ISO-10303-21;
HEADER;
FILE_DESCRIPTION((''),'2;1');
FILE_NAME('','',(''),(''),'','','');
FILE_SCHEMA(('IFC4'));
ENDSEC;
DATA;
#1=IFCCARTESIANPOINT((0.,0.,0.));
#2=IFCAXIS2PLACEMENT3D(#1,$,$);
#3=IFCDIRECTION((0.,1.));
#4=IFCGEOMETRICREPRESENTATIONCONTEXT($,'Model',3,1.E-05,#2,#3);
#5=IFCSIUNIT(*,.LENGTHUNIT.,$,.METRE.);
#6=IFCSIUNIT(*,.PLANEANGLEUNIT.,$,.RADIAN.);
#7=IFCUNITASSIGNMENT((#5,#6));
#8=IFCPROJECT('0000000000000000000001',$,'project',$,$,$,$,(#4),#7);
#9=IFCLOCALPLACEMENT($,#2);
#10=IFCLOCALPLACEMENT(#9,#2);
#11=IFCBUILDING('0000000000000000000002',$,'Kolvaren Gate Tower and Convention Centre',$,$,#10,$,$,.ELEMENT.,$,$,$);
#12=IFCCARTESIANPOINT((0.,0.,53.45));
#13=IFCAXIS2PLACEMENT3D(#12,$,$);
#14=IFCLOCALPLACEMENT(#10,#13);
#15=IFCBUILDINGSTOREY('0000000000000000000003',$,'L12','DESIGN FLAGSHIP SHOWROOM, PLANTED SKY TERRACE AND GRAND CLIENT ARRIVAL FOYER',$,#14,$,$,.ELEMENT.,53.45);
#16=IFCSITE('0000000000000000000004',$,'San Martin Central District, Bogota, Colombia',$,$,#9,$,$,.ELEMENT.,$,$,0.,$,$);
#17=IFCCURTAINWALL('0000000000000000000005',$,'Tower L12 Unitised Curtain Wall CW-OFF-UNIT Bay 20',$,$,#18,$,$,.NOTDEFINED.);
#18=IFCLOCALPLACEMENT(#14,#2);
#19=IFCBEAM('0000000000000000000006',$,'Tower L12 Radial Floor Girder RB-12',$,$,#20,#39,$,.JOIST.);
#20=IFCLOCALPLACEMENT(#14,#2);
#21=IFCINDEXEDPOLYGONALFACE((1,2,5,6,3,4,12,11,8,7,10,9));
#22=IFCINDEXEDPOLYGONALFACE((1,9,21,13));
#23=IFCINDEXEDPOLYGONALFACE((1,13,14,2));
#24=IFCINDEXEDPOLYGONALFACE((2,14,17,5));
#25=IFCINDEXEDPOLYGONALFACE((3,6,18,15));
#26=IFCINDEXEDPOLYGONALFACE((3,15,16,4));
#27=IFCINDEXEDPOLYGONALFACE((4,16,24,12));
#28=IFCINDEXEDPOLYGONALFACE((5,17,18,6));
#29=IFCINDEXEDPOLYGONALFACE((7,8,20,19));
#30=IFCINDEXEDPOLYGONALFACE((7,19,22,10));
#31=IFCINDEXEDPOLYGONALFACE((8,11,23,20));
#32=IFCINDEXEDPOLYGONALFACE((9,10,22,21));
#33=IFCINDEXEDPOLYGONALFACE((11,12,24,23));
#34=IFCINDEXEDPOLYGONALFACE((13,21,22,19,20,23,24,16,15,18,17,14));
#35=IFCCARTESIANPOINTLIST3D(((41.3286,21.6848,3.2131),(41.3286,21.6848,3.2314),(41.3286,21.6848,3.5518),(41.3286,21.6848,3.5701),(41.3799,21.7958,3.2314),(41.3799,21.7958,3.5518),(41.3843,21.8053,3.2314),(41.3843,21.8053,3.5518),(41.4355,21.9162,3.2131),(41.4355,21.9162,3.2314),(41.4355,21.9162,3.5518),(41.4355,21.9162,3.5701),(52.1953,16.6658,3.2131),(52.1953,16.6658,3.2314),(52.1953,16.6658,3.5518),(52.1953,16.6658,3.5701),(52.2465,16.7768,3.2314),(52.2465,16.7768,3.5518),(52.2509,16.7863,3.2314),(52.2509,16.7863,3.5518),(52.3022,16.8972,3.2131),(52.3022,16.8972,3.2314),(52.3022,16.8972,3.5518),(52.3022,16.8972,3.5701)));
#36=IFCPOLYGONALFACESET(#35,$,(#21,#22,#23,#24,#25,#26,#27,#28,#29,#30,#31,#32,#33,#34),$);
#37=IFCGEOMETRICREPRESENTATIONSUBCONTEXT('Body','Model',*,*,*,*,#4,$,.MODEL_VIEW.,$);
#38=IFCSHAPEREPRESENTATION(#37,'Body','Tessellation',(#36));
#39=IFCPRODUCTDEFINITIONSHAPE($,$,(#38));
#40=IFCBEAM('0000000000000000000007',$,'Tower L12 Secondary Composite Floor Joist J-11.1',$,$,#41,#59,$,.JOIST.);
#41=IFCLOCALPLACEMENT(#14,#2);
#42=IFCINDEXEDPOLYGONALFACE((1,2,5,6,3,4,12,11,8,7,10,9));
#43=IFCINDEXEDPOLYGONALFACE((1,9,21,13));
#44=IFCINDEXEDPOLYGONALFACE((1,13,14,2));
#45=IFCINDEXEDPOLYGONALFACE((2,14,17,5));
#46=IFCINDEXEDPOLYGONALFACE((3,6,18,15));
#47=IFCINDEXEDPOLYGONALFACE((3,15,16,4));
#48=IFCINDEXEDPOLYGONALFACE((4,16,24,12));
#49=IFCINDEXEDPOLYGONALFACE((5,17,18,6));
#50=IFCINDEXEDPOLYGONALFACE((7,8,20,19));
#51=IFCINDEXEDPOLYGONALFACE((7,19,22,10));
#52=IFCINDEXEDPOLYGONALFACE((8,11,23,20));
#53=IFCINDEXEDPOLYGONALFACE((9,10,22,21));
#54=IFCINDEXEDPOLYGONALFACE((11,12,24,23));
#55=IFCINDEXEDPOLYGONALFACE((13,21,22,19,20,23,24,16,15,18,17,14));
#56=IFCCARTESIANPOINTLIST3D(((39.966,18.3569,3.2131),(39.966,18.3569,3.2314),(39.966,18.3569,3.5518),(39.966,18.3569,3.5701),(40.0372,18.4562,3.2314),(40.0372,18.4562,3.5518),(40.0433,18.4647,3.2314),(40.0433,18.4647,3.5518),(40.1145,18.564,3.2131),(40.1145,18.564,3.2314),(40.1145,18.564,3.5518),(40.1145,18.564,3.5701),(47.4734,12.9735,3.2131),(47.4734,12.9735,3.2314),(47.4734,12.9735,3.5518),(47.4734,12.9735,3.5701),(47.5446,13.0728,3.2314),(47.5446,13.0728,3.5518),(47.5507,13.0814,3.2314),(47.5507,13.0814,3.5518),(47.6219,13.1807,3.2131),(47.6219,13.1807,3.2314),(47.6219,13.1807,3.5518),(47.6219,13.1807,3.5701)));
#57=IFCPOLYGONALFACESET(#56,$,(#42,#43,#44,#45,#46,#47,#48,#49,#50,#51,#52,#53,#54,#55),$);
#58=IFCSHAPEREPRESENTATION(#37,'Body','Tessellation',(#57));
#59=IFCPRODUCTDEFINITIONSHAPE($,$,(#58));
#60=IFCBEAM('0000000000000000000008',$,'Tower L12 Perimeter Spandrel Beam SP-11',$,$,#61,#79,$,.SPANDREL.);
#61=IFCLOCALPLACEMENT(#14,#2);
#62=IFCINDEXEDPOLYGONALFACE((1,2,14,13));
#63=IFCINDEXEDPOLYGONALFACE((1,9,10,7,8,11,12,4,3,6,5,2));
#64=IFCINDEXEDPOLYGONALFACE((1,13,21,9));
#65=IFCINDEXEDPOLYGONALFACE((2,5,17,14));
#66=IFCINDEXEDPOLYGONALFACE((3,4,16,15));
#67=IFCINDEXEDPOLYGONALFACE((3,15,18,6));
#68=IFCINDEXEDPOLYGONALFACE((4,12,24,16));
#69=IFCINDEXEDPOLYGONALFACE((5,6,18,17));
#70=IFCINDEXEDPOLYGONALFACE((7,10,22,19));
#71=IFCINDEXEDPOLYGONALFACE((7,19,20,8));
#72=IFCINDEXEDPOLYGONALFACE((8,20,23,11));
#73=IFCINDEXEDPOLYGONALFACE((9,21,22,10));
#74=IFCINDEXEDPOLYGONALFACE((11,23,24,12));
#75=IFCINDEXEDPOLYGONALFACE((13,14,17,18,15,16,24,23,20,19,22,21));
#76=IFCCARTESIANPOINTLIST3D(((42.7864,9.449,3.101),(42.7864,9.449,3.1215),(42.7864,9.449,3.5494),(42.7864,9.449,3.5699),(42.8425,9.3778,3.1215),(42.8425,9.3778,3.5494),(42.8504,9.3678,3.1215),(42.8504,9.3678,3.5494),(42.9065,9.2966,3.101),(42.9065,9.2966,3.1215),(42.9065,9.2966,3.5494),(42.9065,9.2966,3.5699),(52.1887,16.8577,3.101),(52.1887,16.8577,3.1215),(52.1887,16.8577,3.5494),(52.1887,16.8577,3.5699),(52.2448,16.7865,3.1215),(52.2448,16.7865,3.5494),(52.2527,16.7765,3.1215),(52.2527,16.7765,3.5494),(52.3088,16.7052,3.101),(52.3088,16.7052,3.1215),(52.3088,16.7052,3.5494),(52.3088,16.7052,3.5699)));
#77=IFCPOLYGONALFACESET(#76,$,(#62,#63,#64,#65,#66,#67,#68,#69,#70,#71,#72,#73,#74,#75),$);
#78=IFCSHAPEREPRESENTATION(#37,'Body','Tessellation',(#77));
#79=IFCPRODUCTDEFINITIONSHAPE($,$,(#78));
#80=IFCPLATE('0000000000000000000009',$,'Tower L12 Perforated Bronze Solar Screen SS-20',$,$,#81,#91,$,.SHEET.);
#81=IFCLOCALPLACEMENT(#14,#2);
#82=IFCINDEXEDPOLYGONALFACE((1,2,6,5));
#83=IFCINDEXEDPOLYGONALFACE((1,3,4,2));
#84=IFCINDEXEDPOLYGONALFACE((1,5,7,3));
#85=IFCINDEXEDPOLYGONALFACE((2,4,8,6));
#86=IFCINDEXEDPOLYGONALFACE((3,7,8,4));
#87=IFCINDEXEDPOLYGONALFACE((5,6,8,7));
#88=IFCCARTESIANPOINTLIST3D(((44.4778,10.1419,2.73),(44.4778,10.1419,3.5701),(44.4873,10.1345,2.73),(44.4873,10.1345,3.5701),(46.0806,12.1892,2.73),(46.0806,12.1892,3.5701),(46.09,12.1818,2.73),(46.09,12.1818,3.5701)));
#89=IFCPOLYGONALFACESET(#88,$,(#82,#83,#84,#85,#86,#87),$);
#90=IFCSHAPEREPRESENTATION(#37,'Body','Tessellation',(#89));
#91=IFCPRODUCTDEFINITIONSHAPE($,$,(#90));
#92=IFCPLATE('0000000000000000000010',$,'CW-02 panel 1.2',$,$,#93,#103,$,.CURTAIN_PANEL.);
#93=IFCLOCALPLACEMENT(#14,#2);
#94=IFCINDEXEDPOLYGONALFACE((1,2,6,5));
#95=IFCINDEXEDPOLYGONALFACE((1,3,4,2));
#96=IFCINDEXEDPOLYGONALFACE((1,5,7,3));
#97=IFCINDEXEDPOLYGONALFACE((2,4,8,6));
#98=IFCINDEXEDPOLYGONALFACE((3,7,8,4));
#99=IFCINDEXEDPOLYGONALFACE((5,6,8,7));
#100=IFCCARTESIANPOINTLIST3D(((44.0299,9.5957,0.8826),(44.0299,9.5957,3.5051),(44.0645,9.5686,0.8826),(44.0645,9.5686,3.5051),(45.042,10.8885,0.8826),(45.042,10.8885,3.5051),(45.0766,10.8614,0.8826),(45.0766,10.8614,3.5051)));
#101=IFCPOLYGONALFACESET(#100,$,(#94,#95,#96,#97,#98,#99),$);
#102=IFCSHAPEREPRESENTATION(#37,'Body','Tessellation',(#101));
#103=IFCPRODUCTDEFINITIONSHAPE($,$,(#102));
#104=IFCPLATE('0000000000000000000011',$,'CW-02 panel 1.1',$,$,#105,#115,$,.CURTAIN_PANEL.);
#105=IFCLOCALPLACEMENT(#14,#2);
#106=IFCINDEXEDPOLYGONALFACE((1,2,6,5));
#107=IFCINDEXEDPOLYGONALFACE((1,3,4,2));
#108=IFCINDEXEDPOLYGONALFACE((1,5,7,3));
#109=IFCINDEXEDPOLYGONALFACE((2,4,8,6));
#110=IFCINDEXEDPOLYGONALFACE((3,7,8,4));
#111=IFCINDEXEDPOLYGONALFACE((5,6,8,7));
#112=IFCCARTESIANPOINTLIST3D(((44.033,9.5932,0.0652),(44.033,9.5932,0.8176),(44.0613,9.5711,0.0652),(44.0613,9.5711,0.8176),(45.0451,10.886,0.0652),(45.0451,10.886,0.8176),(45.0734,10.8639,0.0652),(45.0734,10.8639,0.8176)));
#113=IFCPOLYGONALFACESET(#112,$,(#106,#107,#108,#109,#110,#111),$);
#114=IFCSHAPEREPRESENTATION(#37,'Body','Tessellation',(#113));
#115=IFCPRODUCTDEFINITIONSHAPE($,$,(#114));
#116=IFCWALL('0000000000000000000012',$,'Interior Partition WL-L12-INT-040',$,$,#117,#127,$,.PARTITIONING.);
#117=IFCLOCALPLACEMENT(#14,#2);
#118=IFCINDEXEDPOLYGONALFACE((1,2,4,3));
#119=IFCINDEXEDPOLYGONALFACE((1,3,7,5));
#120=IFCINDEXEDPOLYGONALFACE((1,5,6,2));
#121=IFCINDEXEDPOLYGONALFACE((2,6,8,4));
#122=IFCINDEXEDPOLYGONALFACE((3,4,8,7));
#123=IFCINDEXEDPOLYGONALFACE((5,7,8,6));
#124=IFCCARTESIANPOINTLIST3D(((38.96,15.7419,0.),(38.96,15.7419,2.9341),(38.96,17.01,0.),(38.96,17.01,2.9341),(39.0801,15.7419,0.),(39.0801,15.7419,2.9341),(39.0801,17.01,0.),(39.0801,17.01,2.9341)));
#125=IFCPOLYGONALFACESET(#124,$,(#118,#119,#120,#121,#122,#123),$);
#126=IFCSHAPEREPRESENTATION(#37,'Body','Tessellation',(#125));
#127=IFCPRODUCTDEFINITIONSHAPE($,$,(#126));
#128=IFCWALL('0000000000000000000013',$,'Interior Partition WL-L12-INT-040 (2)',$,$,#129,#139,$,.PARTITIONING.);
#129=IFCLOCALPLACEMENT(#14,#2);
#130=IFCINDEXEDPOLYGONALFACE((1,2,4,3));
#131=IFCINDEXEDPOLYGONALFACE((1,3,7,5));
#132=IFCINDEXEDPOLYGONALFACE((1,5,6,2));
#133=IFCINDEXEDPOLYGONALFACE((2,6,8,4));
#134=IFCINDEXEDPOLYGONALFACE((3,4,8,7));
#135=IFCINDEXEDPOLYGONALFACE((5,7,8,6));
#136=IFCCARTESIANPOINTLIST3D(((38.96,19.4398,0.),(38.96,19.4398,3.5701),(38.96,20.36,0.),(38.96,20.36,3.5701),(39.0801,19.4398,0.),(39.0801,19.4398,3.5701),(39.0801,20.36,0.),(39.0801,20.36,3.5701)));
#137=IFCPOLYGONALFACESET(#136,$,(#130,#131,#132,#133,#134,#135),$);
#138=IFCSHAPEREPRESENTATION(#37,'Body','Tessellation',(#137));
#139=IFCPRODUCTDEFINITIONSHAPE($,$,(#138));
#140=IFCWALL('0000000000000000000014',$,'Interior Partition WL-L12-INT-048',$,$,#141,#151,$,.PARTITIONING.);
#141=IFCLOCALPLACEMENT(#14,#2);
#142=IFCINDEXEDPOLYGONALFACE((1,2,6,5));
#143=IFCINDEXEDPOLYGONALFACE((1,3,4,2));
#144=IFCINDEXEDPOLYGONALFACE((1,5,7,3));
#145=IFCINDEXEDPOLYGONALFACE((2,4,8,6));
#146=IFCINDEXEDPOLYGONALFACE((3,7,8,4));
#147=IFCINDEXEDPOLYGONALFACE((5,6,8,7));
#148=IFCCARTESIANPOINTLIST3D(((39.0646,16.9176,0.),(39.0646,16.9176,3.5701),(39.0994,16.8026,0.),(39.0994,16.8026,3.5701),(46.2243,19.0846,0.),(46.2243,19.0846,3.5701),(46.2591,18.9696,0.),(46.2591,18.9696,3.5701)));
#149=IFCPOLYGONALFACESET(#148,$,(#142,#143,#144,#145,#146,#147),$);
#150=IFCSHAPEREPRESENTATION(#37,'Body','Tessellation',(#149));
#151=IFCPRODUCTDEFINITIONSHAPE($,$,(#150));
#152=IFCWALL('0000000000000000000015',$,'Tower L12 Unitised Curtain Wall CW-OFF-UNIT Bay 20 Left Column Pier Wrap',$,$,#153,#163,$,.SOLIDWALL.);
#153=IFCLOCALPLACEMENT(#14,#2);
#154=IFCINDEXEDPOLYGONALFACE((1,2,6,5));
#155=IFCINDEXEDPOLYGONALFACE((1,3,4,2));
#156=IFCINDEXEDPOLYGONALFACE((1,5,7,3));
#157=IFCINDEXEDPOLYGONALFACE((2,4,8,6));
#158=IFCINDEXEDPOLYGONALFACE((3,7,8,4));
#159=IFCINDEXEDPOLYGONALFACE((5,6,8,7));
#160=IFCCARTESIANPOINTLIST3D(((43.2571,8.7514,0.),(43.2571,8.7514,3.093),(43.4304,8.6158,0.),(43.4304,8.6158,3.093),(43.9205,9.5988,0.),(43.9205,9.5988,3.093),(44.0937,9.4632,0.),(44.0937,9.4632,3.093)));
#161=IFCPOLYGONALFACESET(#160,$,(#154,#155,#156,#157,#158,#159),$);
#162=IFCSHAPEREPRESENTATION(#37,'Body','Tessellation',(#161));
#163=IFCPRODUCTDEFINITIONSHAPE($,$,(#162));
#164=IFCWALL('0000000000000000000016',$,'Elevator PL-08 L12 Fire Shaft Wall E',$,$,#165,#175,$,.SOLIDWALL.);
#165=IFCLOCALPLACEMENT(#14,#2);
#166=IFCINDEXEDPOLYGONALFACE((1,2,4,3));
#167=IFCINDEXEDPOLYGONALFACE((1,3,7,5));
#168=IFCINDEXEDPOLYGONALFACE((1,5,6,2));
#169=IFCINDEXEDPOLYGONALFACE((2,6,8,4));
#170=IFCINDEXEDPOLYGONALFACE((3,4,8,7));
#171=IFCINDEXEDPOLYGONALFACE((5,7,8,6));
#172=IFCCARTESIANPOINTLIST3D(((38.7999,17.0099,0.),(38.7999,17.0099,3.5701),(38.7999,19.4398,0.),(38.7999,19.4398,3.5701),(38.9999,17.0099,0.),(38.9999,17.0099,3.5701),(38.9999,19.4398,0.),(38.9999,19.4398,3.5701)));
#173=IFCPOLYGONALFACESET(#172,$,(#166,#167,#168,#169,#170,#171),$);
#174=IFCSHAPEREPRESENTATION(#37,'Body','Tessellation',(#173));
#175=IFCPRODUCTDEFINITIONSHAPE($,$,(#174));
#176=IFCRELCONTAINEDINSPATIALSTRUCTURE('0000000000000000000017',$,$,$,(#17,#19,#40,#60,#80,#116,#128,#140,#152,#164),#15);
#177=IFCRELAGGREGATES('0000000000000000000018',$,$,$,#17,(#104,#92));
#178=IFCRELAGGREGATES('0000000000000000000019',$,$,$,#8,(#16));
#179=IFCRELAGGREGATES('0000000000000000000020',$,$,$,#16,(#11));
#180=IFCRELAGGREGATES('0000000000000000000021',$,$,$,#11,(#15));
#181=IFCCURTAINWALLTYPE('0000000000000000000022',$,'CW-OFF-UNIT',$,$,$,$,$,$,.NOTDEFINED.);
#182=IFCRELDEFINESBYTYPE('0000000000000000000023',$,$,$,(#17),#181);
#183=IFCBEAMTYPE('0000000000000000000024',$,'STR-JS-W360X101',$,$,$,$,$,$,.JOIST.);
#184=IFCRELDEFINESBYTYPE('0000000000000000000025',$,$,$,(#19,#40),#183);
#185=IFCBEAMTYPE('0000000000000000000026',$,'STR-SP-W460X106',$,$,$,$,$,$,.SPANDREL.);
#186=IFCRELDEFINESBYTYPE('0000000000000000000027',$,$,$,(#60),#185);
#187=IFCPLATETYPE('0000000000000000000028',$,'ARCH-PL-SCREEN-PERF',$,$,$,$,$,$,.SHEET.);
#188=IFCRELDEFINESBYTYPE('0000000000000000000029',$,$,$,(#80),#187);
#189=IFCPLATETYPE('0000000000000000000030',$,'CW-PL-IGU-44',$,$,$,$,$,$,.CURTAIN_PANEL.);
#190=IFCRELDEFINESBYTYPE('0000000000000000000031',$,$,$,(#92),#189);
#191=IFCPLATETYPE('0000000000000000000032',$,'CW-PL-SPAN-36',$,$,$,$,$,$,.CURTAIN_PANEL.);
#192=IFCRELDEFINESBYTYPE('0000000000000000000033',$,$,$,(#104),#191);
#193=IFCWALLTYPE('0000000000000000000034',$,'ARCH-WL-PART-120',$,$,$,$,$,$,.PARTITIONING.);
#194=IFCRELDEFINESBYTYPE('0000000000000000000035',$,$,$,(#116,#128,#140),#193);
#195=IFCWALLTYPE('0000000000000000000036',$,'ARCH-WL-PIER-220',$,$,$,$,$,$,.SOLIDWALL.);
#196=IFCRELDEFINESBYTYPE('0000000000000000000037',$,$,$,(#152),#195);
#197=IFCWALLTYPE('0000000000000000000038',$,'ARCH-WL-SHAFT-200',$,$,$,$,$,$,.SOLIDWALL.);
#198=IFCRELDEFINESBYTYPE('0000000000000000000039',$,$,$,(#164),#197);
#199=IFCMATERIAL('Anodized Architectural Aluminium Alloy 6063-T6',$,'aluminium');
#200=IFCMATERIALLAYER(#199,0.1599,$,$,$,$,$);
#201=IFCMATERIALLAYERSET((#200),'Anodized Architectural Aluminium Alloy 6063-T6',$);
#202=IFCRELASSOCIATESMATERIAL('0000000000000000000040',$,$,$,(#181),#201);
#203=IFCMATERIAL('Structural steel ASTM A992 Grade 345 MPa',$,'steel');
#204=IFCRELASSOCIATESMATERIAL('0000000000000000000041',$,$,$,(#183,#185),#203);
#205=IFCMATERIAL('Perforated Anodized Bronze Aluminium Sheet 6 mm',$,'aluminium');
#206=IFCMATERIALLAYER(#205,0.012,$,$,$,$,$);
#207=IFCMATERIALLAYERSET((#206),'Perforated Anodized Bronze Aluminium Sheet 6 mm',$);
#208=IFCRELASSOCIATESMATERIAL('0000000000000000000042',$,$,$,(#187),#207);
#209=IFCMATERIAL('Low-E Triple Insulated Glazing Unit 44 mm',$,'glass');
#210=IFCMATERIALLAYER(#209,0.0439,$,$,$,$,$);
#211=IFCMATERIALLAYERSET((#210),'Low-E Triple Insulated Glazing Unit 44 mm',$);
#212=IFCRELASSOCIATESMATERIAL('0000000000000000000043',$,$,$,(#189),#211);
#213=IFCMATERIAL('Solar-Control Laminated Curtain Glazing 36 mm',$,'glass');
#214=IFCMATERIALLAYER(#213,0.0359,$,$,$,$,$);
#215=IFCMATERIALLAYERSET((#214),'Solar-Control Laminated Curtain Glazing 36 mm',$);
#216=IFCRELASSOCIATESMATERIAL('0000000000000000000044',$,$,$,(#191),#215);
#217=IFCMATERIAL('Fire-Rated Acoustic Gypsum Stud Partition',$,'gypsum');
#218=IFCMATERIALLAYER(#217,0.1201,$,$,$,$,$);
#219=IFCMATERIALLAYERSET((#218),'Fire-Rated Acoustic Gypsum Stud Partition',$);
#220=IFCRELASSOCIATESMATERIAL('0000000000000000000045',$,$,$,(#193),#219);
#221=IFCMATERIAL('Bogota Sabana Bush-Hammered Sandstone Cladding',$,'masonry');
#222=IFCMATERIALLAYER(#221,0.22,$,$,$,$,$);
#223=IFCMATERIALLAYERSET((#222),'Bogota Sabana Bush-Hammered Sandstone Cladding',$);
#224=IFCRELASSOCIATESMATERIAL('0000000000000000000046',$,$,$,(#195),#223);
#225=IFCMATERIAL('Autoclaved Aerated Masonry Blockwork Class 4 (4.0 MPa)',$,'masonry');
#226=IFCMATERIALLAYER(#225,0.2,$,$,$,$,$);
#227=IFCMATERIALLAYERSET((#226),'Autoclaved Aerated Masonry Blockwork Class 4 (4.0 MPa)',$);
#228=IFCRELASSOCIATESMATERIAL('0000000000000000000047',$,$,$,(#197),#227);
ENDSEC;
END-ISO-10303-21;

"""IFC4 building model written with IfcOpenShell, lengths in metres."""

from ifc_helpers import new_model, si_unit, direction, frame, frame_2d, origin, origin_2d, place, context, subcontext, project, spatial, rectangle, i_section, extrude, material, layer, layer_set, material_profile, profile_set, type_object, element, aggregate, save


model = new_model("IFC4")

# Units and contexts
model_context = context("Model", 3, precision=1e-05, world=origin(), true_north=direction((0.0, 1.0)))
body_context = subcontext(model_context, "Body", "Model", "MODEL_VIEW")
ifc_project = project(units=[si_unit("LENGTHUNIT", "METRE"), si_unit("PLANEANGLEUNIT", "RADIAN")], contexts=[model_context])

# Site, building, storey
site_placement = place(None, origin())
site = spatial("IfcSite", under=ifc_project, at=site_placement, Name="San Martin Central District, Bogota, Colombia", CompositionType="ELEMENT", RefElevation=0.0)
building_placement = place(site_placement, origin())
building = spatial("IfcBuilding", under=site, at=building_placement, Name="Kolvaren Gate Tower and Convention Centre", CompositionType="ELEMENT")
storey_placement = place(building_placement, frame((0.0, 0.0, 53.45)))
storey = spatial("IfcBuildingStorey", under=building, at=storey_placement, Name="L12", Description="DESIGN FLAGSHIP SHOWROOM, PLANTED SKY TERRACE AND GRAND CLIENT ARRIVAL FOYER", CompositionType="ELEMENT", Elevation=53.45)

# Curtain wall
ifc_material_1 = material(Name="Anodized Architectural Aluminium Alloy 6063-T6", Category="aluminium")
ifc_layer_1 = layer(ifc_material_1, 0.1599)
ifc_layer_set_1 = layer_set([ifc_layer_1], Name="Anodized Architectural Aluminium Alloy 6063-T6")
curtain_wall_type = type_object("IfcCurtainWallType", Name="CW-OFF-UNIT", PredefinedType="NOTDEFINED", material=ifc_layer_set_1)
curtain_wall_placement = place(storey_placement, origin())
curtain_wall = element("IfcCurtainWall", 1, at=curtain_wall_placement, inside=storey, type_object=curtain_wall_type, Name="Tower L12 Unitised Curtain Wall CW-OFF-UNIT Bay 20", PredefinedType="NOTDEFINED")

# Beams
ifc_material_2 = material(Name="Structural steel ASTM A992 Grade 345 MPa", Category="steel")
ifc_material_profile_1 = material_profile(ifc_material_2, i_section(OverallWidth=0.2549, OverallDepth=0.3569, WebThickness=0.0105, FlangeThickness=0.0183, at=origin_2d()), Name="W360X101")
ifc_profile_set_1 = profile_set([ifc_material_profile_1], Name="Structural steel ASTM A992 Grade 345 MPa")
beam_type_1 = type_object("IfcBeamType", Name="STR-JS-W360X101", PredefinedType="JOIST", material=ifc_profile_set_1)
beam_1_placement = place(storey_placement, frame((41.3821, 21.8005, 3.3916), z_axis=(0.907844, -0.419309, 0.0), x_axis=(0.419309, 0.907844, 0.0)))
element("IfcBeam", 2, at=beam_1_placement, inside=storey, type_object=beam_type_1, Name="Tower L12 Radial Floor Girder RB-12", PredefinedType="JOIST", context=body_context, shape_type="SweptSolid", body=[
    extrude(i_section(OverallWidth=0.2549, OverallDepth=0.3569, WebThickness=0.0105, FlangeThickness=0.0183, at=origin_2d()), origin(), (0.0, 0.0, 1.0), 11.9697),
])
beam_2_placement = place(storey_placement, frame((40.0403, 18.4604, 3.3916), z_axis=(0.812661, -0.582737, 0.0), x_axis=(0.582737, 0.812661, 0.0)))
element("IfcBeam", 3, at=beam_2_placement, inside=storey, type_object=beam_type_1, Name="Tower L12 Secondary Composite Floor Joist J-11.1", PredefinedType="JOIST", context=body_context, shape_type="SweptSolid", body=[
    extrude(i_section(OverallWidth=0.2549, OverallDepth=0.3569, WebThickness=0.0105, FlangeThickness=0.0183, at=origin_2d()), origin(), (0.0, 0.0, 1.0), 9.238),
])
ifc_material_profile_2 = material_profile(ifc_material_2, i_section(OverallWidth=0.1941, OverallDepth=0.469, WebThickness=0.0127, FlangeThickness=0.0205, at=origin_2d()), Name="W460X106")
ifc_profile_set_2 = profile_set([ifc_material_profile_2], Name="Structural steel ASTM A992 Grade 345 MPa")
beam_type_2 = type_object("IfcBeamType", Name="STR-SP-W460X106", PredefinedType="SPANDREL", material=ifc_profile_set_2)
beam_3_placement = place(storey_placement, frame((42.8464, 9.3728, 3.3354), z_axis=(0.78546, 0.618913, 0.0), x_axis=(-0.618913, 0.78546, 0.0)))
element("IfcBeam", 4, at=beam_3_placement, inside=storey, type_object=beam_type_2, Name="Tower L12 Perimeter Spandrel Beam SP-11", PredefinedType="SPANDREL", context=body_context, shape_type="SweptSolid", body=[
    extrude(i_section(OverallWidth=0.1941, OverallDepth=0.469, WebThickness=0.0127, FlangeThickness=0.0205, at=origin_2d()), origin(), (0.0, 0.0, 1.0), 11.9705),
])

# Plates
ifc_material_3 = material(Name="Perforated Anodized Bronze Aluminium Sheet 6 mm", Category="aluminium")
ifc_layer_2 = layer(ifc_material_3, 0.012)
ifc_layer_set_2 = layer_set([ifc_layer_2], Name="Perforated Anodized Bronze Aluminium Sheet 6 mm")
plate_type_1 = type_object("IfcPlateType", Name="ARCH-PL-SCREEN-PERF", PredefinedType="SHEET", material=ifc_layer_set_2)
plate_1_placement = place(storey_placement, frame((45.2839, 11.1619, 2.73), z_axis=(0.0, 0.0, 1.0), x_axis=(0.616431, 0.787409, 0.0)))
element("IfcPlate", 5, at=plate_1_placement, inside=storey, type_object=plate_type_1, Name="Tower L12 Perforated Bronze Solar Screen SS-20", PredefinedType="SHEET", context=body_context, shape_type="SweptSolid", body=[
    extrude(rectangle(XDim=2.6001, YDim=0.012, at=origin_2d()), origin(), (0.0, 0.0, 1.0), 0.8401),
])
ifc_material_4 = material(Name="Low-E Triple Insulated Glazing Unit 44 mm", Category="glass")
ifc_layer_3 = layer(ifc_material_4, 0.0439)
ifc_layer_set_3 = layer_set([ifc_layer_3], Name="Low-E Triple Insulated Glazing Unit 44 mm")
plate_type_2 = type_object("IfcPlateType", Name="CW-PL-IGU-44", PredefinedType="CURTAIN_PANEL", material=ifc_layer_set_3)
plate_2_placement = place(storey_placement, frame((44.5532, 10.2285, 0.8826), z_axis=(0.0, 0.0, 1.0), x_axis=(0.616434, 0.787406, 0.0)))
plate_2 = element("IfcPlate", 6, at=plate_2_placement, type_object=plate_type_2, Name="CW-02 panel 1.2", PredefinedType="CURTAIN_PANEL", context=body_context, shape_type="SweptSolid", body=[
    extrude(rectangle(XDim=1.6418, YDim=0.0439, at=origin_2d()), origin(), (0.0, 0.0, 1.0), 2.6226),
])
ifc_material_5 = material(Name="Solar-Control Laminated Curtain Glazing 36 mm", Category="glass")
ifc_layer_4 = layer(ifc_material_5, 0.0359)
ifc_layer_set_4 = layer_set([ifc_layer_4], Name="Solar-Control Laminated Curtain Glazing 36 mm")
plate_type_3 = type_object("IfcPlateType", Name="CW-PL-SPAN-36", PredefinedType="CURTAIN_PANEL", material=ifc_layer_set_4)
plate_3_placement = place(storey_placement, frame((44.5532, 10.2285, 0.0652), z_axis=(0.0, 0.0, 1.0), x_axis=(0.616434, 0.787406, 0.0)))
plate_3 = element("IfcPlate", 7, at=plate_3_placement, type_object=plate_type_3, Name="CW-02 panel 1.1", PredefinedType="CURTAIN_PANEL", context=body_context, shape_type="SweptSolid", body=[
    extrude(rectangle(XDim=1.6418, YDim=0.0359, at=origin_2d()), origin(), (0.0, 0.0, 1.0), 0.7524),
])
aggregate(curtain_wall, [plate_3, plate_2])

# Walls
ifc_material_6 = material(Name="Fire-Rated Acoustic Gypsum Stud Partition", Category="gypsum")
ifc_layer_5 = layer(ifc_material_6, 0.1201)
ifc_layer_set_5 = layer_set([ifc_layer_5], Name="Fire-Rated Acoustic Gypsum Stud Partition")
wall_type_1 = type_object("IfcWallType", Name="ARCH-WL-PART-120", PredefinedType="PARTITIONING", material=ifc_layer_set_5)
wall_1_placement = place(storey_placement, frame((39.02, 15.7419, 0.0), z_axis=(0.0, 0.0, 1.0), x_axis=(0.0, 1.0, 0.0)))
element("IfcWall", 8, at=wall_1_placement, inside=storey, type_object=wall_type_1, Name="Interior Partition WL-L12-INT-040", PredefinedType="PARTITIONING", context=body_context, shape_type="SweptSolid", body=[
    extrude(rectangle(XDim=1.2681, YDim=0.1201, at=frame_2d((0.634, 0.0))), origin(), (0.0, 0.0, 1.0), 2.9341),
])
wall_2_placement = place(storey_placement, frame((39.02, 19.4399, 0.0), z_axis=(0.0, 0.0, 1.0), x_axis=(0.0, 1.0, 0.0)))
element("IfcWall", 9, at=wall_2_placement, inside=storey, type_object=wall_type_1, Name="Interior Partition WL-L12-INT-040 (2)", PredefinedType="PARTITIONING", context=body_context, shape_type="SweptSolid", body=[
    extrude(rectangle(XDim=0.9202, YDim=0.1201, at=frame_2d((0.46, 0.0))), origin(), (0.0, 0.0, 1.0), 3.5701),
])
wall_3_placement = place(storey_placement, frame((39.082, 16.8601, 0.0), z_axis=(0.0, 0.0, 1.0), x_axis=(0.957121, 0.289689, 0.0)))
element("IfcWall", 10, at=wall_3_placement, inside=storey, type_object=wall_type_1, Name="Interior Partition WL-L12-INT-048", PredefinedType="PARTITIONING", context=body_context, shape_type="SweptSolid", body=[
    extrude(rectangle(XDim=7.4805, YDim=0.1201, at=frame_2d((3.7402, 0.0))), origin(), (0.0, 0.0, 1.0), 3.5701),
])
ifc_material_7 = material(Name="Bogota Sabana Bush-Hammered Sandstone Cladding", Category="masonry")
ifc_layer_6 = layer(ifc_material_7, 0.22)
ifc_layer_set_6 = layer_set([ifc_layer_6], Name="Bogota Sabana Bush-Hammered Sandstone Cladding")
wall_type_2 = type_object("IfcWallType", Name="ARCH-WL-PIER-220", PredefinedType="SOLIDWALL", material=ifc_layer_set_6)
wall_4_placement = place(storey_placement, frame((43.3438, 8.6836, 0.0), z_axis=(0.0, 0.0, 1.0), x_axis=(0.616388, 0.787443, 0.0)))
element("IfcWall", 11, at=wall_4_placement, inside=storey, type_object=wall_type_2, Name="Tower L12 Unitised Curtain Wall CW-OFF-UNIT Bay 20 Left Column Pier Wrap", PredefinedType="SOLIDWALL", context=body_context, shape_type="SweptSolid", body=[
    extrude(rectangle(XDim=1.0762, YDim=0.22, at=frame_2d((0.5381, 0.0))), origin(), (0.0, 0.0, 1.0), 3.093),
])
ifc_material_8 = material(Name="Autoclaved Aerated Masonry Blockwork Class 4 (4.0 MPa)", Category="masonry")
ifc_layer_7 = layer(ifc_material_8, 0.2)
ifc_layer_set_7 = layer_set([ifc_layer_7], Name="Autoclaved Aerated Masonry Blockwork Class 4 (4.0 MPa)")
wall_type_3 = type_object("IfcWallType", Name="ARCH-WL-SHAFT-200", PredefinedType="SOLIDWALL", material=ifc_layer_set_7)
for number, where, z_axis, x_axis, name in (
    (12, (38.8999, 17.01, 0.0), (0.0, 0.0, 1.0), (0.0, 1.0, 0.0), "Elevator PL-08 L12 Fire Shaft Wall E"),
):
    element("IfcWall", number, at=place(storey_placement, frame(where, z_axis=z_axis, x_axis=x_axis)), inside=storey, type_object=wall_type_3, Name=name, PredefinedType="SOLIDWALL", context=body_context, shape_type="SweptSolid", body=[
        extrude(rectangle(XDim=2.4299, YDim=0.2, at=frame_2d((1.2148, 0.0))), origin(), (0.0, 0.0, 1.0), 3.5701),
    ])

save(model, "model.ifc")
